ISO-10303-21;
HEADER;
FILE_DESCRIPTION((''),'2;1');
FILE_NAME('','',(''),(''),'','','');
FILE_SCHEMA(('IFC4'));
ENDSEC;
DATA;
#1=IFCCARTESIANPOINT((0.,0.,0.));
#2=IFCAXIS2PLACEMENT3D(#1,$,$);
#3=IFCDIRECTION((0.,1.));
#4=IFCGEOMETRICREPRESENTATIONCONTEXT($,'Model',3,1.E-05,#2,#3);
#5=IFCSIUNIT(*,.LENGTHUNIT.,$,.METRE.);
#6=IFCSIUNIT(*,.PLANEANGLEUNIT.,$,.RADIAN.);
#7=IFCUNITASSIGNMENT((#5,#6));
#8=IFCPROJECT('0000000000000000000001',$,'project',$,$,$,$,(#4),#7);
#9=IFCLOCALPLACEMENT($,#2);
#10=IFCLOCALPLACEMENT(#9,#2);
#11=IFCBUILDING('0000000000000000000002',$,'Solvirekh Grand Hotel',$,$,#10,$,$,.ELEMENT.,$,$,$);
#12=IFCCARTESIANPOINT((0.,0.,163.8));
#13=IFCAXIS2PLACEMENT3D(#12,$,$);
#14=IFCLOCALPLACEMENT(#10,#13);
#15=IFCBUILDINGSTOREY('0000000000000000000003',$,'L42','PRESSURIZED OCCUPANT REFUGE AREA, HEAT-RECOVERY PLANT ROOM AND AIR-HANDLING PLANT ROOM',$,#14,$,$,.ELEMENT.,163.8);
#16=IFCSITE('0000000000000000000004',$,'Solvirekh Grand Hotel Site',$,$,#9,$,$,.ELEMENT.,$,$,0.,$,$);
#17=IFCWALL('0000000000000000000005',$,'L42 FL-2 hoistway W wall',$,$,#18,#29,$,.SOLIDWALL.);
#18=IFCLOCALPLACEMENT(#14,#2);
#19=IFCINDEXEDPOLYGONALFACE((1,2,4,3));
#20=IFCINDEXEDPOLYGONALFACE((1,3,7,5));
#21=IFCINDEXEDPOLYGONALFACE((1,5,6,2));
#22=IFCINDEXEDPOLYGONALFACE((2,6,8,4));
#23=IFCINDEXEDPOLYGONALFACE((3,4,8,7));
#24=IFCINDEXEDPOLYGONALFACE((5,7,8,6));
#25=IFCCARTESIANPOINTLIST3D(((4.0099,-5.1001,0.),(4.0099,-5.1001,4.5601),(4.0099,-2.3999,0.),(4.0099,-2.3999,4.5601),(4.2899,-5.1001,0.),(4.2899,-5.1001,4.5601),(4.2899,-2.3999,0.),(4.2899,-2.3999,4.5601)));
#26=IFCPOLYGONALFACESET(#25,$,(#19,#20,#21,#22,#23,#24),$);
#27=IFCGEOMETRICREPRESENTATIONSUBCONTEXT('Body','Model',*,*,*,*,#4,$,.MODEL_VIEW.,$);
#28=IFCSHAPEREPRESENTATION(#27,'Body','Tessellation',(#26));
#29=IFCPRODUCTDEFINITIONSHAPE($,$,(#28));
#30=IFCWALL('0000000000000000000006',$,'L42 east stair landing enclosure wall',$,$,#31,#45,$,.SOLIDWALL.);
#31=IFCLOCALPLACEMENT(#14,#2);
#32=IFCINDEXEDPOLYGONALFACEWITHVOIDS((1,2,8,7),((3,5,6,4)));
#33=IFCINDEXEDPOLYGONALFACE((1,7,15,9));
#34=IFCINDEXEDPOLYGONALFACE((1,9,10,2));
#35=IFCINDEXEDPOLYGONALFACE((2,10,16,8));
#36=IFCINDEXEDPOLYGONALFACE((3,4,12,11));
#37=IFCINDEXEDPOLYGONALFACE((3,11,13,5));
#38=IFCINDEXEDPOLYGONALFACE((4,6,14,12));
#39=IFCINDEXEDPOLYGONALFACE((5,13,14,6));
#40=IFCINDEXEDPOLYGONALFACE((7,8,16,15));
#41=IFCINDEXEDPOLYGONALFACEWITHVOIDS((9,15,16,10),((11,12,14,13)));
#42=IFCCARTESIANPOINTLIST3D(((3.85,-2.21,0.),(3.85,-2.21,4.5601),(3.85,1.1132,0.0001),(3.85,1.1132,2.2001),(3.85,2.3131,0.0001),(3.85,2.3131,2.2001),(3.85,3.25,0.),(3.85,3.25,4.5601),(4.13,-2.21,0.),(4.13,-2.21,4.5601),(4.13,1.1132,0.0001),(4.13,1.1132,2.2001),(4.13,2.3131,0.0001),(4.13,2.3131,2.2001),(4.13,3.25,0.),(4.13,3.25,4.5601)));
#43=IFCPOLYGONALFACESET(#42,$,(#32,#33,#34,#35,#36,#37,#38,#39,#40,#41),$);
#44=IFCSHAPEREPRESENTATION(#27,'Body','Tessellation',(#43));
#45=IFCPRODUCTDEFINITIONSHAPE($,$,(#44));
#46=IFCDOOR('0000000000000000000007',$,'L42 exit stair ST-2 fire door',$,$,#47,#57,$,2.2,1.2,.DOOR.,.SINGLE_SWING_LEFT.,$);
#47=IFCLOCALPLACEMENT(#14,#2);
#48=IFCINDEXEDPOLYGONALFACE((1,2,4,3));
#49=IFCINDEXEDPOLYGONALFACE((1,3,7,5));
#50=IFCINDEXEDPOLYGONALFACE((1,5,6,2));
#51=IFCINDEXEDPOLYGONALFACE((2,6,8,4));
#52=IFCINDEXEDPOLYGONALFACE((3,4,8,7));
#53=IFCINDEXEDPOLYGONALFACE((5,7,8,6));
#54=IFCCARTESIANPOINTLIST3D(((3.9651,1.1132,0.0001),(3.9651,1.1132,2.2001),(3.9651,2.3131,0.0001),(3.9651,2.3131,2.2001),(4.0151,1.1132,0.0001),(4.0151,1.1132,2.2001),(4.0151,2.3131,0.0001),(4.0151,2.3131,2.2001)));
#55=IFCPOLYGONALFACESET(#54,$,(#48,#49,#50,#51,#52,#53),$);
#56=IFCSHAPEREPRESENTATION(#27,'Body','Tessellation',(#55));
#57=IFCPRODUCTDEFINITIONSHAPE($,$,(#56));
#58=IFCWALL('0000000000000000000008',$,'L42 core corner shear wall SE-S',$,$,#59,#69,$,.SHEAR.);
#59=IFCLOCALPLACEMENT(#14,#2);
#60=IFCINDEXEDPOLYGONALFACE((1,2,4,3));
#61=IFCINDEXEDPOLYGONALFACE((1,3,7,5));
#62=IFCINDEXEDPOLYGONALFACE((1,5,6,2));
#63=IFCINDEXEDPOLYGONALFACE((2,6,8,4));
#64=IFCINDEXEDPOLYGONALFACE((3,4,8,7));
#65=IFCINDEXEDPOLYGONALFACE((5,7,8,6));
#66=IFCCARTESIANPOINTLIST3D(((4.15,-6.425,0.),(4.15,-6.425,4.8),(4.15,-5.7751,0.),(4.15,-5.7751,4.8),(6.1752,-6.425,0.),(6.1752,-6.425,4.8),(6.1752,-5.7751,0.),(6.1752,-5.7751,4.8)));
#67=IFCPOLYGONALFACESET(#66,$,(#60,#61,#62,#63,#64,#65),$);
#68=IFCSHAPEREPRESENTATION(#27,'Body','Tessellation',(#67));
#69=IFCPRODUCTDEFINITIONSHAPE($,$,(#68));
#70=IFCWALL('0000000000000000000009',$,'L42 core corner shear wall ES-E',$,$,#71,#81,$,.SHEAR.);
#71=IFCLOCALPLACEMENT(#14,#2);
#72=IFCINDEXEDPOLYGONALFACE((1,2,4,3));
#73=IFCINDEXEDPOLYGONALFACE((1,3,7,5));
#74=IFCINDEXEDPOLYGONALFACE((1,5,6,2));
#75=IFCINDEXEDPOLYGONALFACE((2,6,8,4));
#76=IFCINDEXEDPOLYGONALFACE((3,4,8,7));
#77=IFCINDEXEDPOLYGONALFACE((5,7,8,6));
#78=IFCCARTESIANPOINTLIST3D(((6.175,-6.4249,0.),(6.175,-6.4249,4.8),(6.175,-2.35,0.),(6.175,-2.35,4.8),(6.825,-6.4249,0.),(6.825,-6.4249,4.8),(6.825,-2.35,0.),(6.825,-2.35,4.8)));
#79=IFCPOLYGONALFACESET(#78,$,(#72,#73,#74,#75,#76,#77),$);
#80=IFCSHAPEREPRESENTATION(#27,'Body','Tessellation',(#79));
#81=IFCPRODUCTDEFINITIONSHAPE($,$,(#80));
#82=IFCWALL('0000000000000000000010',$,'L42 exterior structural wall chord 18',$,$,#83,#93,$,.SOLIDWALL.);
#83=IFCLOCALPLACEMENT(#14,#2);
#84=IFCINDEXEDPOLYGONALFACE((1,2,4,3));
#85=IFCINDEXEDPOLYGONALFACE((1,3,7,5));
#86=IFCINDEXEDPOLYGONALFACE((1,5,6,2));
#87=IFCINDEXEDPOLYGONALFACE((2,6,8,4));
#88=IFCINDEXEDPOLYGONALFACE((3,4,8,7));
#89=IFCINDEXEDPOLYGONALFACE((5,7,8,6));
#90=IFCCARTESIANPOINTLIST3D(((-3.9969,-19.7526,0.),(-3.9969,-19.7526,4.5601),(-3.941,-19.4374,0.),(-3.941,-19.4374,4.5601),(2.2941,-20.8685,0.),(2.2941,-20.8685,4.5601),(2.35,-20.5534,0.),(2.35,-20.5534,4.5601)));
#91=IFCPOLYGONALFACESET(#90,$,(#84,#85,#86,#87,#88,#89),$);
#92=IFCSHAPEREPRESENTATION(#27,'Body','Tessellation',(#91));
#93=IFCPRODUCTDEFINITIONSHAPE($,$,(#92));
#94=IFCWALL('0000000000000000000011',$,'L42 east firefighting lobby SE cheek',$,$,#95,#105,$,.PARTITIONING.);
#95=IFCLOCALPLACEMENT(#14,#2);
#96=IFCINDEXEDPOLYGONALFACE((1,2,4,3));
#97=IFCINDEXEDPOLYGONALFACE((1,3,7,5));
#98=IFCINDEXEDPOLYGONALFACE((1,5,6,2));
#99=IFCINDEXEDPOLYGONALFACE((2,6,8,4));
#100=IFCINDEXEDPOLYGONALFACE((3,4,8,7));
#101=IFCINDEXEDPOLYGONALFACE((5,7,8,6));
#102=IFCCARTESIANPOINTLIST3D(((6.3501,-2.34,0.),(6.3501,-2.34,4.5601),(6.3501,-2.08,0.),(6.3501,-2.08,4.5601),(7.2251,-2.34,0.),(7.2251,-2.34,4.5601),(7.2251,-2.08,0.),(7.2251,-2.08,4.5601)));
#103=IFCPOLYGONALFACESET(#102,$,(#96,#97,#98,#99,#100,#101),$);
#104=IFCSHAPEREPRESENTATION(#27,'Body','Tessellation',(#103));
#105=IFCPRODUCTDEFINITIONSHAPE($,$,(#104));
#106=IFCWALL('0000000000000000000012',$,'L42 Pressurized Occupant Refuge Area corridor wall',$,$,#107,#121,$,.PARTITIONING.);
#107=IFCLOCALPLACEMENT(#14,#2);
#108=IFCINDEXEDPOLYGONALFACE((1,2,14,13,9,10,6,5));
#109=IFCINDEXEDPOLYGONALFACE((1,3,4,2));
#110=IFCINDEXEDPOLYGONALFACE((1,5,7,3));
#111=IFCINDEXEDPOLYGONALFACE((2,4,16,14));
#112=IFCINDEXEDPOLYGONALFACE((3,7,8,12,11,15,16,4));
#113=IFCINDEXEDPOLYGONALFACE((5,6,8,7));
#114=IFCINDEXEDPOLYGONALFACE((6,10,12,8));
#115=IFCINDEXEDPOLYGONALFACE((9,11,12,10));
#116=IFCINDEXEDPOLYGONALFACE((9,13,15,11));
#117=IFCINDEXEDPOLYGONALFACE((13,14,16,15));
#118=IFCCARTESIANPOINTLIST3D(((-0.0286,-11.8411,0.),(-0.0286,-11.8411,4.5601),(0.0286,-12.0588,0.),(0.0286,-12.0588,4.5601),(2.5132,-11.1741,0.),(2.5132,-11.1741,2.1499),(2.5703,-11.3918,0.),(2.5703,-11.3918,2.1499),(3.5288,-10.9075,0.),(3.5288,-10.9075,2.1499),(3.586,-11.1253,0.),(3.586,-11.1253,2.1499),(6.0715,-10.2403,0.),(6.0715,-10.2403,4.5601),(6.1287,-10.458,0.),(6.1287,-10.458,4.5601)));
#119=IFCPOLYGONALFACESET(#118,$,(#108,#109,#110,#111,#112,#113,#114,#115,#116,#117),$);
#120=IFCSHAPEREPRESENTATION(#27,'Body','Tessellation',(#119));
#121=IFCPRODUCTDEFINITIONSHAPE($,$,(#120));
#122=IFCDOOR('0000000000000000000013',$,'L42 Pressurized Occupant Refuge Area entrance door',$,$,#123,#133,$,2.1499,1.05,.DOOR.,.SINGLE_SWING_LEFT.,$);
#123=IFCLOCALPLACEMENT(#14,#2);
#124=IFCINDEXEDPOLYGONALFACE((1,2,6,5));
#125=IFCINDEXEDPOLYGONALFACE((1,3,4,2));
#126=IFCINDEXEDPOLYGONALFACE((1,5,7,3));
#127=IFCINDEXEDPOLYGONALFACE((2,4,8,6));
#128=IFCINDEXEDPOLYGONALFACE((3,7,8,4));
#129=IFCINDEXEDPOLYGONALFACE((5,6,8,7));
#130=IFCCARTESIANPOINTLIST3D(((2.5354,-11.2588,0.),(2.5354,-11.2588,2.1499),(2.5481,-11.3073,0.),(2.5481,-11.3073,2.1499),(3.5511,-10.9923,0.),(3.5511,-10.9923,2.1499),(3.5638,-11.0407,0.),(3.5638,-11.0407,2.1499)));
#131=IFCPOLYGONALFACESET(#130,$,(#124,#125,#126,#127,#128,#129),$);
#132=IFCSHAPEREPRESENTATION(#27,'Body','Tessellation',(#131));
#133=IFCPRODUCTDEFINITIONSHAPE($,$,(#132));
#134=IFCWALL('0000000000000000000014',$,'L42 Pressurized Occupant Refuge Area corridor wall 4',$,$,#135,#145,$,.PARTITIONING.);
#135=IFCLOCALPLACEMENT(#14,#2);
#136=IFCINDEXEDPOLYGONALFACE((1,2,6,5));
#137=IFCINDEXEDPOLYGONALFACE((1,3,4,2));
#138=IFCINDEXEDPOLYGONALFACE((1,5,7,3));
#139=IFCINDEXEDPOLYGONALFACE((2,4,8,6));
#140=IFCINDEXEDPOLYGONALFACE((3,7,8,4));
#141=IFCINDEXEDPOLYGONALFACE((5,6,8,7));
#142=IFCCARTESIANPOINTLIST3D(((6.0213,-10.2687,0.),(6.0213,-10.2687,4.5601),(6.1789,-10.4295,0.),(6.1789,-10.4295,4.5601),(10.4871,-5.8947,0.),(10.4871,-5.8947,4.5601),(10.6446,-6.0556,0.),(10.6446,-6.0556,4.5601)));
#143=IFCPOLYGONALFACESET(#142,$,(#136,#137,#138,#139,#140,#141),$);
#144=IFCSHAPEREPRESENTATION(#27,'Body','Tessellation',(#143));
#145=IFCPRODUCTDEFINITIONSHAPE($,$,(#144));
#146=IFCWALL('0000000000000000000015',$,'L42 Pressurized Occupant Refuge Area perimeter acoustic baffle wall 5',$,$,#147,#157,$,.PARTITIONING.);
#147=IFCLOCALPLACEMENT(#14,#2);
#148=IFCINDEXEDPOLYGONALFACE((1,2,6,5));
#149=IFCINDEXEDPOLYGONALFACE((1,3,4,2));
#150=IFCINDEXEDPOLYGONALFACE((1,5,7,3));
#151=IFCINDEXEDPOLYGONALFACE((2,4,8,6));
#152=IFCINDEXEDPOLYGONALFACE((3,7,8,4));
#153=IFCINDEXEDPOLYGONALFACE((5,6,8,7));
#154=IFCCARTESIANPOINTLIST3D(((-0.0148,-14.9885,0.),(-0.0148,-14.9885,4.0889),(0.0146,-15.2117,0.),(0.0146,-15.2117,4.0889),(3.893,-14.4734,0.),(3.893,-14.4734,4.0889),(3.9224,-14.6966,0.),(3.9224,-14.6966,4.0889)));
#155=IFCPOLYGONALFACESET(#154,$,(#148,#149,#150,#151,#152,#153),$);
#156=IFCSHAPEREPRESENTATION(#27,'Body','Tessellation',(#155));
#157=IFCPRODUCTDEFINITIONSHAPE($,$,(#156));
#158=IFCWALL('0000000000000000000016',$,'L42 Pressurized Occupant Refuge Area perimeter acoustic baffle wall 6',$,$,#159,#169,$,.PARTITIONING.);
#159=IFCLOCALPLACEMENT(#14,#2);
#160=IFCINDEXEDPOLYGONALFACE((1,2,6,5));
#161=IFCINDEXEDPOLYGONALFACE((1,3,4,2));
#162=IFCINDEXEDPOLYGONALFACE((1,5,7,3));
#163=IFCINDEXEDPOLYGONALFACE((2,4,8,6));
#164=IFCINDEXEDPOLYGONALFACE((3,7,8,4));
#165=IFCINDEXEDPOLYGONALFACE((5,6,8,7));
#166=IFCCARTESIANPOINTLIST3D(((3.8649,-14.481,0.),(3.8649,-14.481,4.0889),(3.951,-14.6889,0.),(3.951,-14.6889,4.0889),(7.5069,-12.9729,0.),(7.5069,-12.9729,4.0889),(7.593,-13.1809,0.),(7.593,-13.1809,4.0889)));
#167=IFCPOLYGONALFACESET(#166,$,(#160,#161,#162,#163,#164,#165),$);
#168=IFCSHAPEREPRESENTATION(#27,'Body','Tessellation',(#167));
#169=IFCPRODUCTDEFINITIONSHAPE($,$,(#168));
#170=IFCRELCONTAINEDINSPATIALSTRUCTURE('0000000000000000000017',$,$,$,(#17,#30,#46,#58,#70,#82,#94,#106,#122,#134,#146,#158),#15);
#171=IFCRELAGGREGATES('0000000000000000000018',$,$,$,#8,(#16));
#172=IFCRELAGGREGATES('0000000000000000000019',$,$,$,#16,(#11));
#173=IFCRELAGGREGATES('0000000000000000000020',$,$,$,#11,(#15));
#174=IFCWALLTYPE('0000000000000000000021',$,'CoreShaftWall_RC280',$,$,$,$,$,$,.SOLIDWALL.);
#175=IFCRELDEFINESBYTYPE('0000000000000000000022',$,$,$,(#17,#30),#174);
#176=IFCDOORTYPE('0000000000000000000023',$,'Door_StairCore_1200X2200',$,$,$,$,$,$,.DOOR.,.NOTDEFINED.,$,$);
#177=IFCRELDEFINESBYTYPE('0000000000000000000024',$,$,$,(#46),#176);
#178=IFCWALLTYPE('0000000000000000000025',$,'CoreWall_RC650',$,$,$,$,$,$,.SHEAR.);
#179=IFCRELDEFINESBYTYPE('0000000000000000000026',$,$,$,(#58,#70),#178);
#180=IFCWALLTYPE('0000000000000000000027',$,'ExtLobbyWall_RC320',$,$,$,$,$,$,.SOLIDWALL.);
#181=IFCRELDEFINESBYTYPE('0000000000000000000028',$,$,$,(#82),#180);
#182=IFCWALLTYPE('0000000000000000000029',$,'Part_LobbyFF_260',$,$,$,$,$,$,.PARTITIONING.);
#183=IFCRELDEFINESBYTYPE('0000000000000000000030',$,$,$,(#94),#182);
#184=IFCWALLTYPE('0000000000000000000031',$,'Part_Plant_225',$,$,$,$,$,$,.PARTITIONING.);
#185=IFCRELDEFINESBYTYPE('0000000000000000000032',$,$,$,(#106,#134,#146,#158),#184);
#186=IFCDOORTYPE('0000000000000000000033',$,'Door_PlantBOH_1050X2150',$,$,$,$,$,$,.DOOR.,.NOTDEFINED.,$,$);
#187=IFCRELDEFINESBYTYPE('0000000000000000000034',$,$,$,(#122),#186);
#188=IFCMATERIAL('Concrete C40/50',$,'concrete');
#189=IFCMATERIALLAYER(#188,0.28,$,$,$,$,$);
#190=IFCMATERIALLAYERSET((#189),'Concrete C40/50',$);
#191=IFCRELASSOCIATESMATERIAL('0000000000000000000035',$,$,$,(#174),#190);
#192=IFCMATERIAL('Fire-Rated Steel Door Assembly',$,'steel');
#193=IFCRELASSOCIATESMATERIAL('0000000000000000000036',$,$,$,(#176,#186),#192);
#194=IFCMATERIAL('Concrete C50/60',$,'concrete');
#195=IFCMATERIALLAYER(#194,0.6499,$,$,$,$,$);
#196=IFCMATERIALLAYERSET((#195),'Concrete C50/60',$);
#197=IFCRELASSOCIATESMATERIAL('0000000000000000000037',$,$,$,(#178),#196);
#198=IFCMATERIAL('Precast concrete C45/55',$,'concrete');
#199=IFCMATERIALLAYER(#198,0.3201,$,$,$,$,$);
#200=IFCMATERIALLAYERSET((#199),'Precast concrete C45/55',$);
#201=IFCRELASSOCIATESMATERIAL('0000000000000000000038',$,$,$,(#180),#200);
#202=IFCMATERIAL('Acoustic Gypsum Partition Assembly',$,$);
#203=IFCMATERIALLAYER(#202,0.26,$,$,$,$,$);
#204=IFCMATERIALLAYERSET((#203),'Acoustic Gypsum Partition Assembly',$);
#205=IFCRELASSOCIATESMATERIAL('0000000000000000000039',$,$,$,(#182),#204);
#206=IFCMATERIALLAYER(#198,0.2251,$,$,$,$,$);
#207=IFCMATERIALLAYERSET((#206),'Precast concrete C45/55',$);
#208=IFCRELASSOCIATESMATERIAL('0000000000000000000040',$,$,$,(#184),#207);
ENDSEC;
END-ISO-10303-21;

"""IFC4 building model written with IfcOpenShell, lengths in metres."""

from ifc_helpers import new_model, si_unit, direction, frame, frame_2d, origin, place, context, subcontext, project, spatial, rectangle, extrude, material, layer, layer_set, type_object, element, fill, save


model = new_model("IFC4")

# Units and contexts
model_context = context("Model", 3, precision=1e-05, world=origin(), true_north=direction((0.0, 1.0)))
body_context = subcontext(model_context, "Body", "Model", "MODEL_VIEW")
ifc_project = project(units=[si_unit("LENGTHUNIT", "METRE"), si_unit("PLANEANGLEUNIT", "RADIAN")], contexts=[model_context])

# Site, building, storey
site_placement = place(None, origin())
site = spatial("IfcSite", under=ifc_project, at=site_placement, Name="Solvirekh Grand Hotel Site", CompositionType="ELEMENT", RefElevation=0.0)
building_placement = place(site_placement, origin())
building = spatial("IfcBuilding", under=site, at=building_placement, Name="Solvirekh Grand Hotel", CompositionType="ELEMENT")
storey_placement = place(building_placement, frame((0.0, 0.0, 163.8)))
storey = spatial("IfcBuildingStorey", under=building, at=storey_placement, Name="L42", Description="PRESSURIZED OCCUPANT REFUGE AREA, HEAT-RECOVERY PLANT ROOM AND AIR-HANDLING PLANT ROOM", CompositionType="ELEMENT", Elevation=163.8)

# Shared definitions
ifc_material_1 = material(Name="Concrete C50/60", Category="concrete")

# Shared definitions
ifc_material_2 = material(Name="Concrete C40/50", Category="concrete")

# Shared definitions
ifc_layer_1 = layer(ifc_material_2, 0.28)
ifc_layer_set_1 = layer_set([ifc_layer_1], Name="Concrete C40/50")
wall_type_1 = type_object("IfcWallType", Name="CoreShaftWall_RC280", PredefinedType="SOLIDWALL", material=ifc_layer_set_1)

# Shared definitions
ifc_material_3 = material(Name="Fire-Rated Steel Door Assembly", Category="steel")

# Wall
wall_1_placement = place(storey_placement, frame((4.1499, -2.3999, 0.0), z_axis=(0.0, 0.0, 1.0), x_axis=(0.0, -1.0, 0.0)))
element("IfcWall", 1, at=wall_1_placement, inside=storey, type_object=wall_type_1, Name="L42 FL-2 hoistway W wall", PredefinedType="SOLIDWALL", context=body_context, shape_type="SweptSolid", body=[
    extrude(rectangle(XDim=2.7002, YDim=0.28, at=frame_2d((1.3501, 0.0))), origin(), (0.0, 0.0, 1.0), 4.5601),
])

# Wall, opening, door
wall_2_placement = place(storey_placement, frame((3.99, -2.21, 0.0), z_axis=(0.0, 0.0, 1.0), x_axis=(0.0, 1.0, 0.0)))
wall_2 = element("IfcWall", 2, at=wall_2_placement, inside=storey, type_object=wall_type_1, Name="L42 east stair landing enclosure wall", PredefinedType="SOLIDWALL", context=body_context, shape_type="SweptSolid", body=[
    extrude(rectangle(XDim=5.46, YDim=0.28, at=frame_2d((2.73, 0.0))), origin(), (0.0, 0.0, 1.0), 4.5601),
])
opening_1_placement = place(wall_2_placement, frame((3.323, 0.0, 0.0)))
opening_1 = element("IfcOpeningElement", 3, at=opening_1_placement, cuts=wall_2, PredefinedType="OPENING", context=body_context, shape_type="SweptSolid", body=[
    extrude(rectangle(XDim=1.2, YDim=2.2, at=frame_2d((0.6001, 1.1001))), frame((0.0, 0.1499, 0.0), z_axis=(0.0, -1.0, 0.0), x_axis=(1.0, 0.0, 0.0)), (0.0, 0.0, 1.0), 0.3),
])
door_type_1 = type_object("IfcDoorType", Name="Door_StairCore_1200X2200", OperationType="NOTDEFINED", PredefinedType="DOOR", material=ifc_material_3)
door_1_placement = place(opening_1_placement, origin())
door_1 = element("IfcDoor", 4, at=door_1_placement, inside=storey, type_object=door_type_1, Name="L42 exit stair ST-2 fire door", OperationType="SINGLE_SWING_LEFT", OverallHeight=2.2, OverallWidth=1.2, PredefinedType="DOOR", context=body_context, shape_type="SweptSolid", body=[
    extrude(rectangle(XDim=1.2, YDim=2.2, at=frame_2d((0.6001, 1.1001))), frame((0.0, 0.0249, 0.0), z_axis=(0.0, -1.0, 0.0), x_axis=(1.0, 0.0, 0.0)), (0.0, 0.0, 1.0), 0.05),
])
fill(opening_1, door_1)

# Walls
ifc_layer_2 = layer(ifc_material_1, 0.6499)
ifc_layer_set_2 = layer_set([ifc_layer_2], Name="Concrete C50/60")
wall_type_2 = type_object("IfcWallType", Name="CoreWall_RC650", PredefinedType="SHEAR", material=ifc_layer_set_2)
wall_3_placement = place(storey_placement, frame((4.1499, -6.1001, 0.0), z_axis=(0.0, 0.0, 1.0), x_axis=(1.0, 0.0, 0.0)))
element("IfcWall", 5, at=wall_3_placement, inside=storey, type_object=wall_type_2, Name="L42 core corner shear wall SE-S", PredefinedType="SHEAR", context=body_context, shape_type="SweptSolid", body=[
    extrude(rectangle(XDim=2.0251, YDim=0.6499, at=frame_2d((1.0127, 0.0))), origin(), (0.0, 0.0, 1.0), 4.8),
])
wall_4_placement = place(storey_placement, frame((6.5, -6.425, 0.0), z_axis=(0.0, 0.0, 1.0), x_axis=(0.0, 1.0, 0.0)))
element("IfcWall", 6, at=wall_4_placement, inside=storey, type_object=wall_type_2, Name="L42 core corner shear wall ES-E", PredefinedType="SHEAR", context=body_context, shape_type="SweptSolid", body=[
    extrude(rectangle(XDim=4.075, YDim=0.6499, at=frame_2d((2.0376, 0.0))), origin(), (0.0, 0.0, 1.0), 4.8),
])
ifc_material_4 = material(Name="Precast concrete C45/55", Category="concrete")
ifc_layer_3 = layer(ifc_material_4, 0.3201)
ifc_layer_set_3 = layer_set([ifc_layer_3], Name="Precast concrete C45/55")
wall_type_3 = type_object("IfcWallType", Name="ExtLobbyWall_RC320", PredefinedType="SOLIDWALL", material=ifc_layer_set_3)
wall_5_placement = place(storey_placement, frame((2.322, -20.7109, 0.0), z_axis=(0.0, 0.0, 1.0), x_axis=(-0.984628, 0.174664, 0.0)))
element("IfcWall", 7, at=wall_5_placement, inside=storey, type_object=wall_type_3, Name="L42 exterior structural wall chord 18", PredefinedType="SOLIDWALL", context=body_context, shape_type="SweptSolid", body=[
    extrude(rectangle(XDim=6.3892, YDim=0.3201, at=frame_2d((3.1946, 0.0))), origin(), (0.0, 0.0, 1.0), 4.5601),
])
ifc_material_5 = material(Name="Acoustic Gypsum Partition Assembly")
ifc_layer_4 = layer(ifc_material_5, 0.26)
ifc_layer_set_4 = layer_set([ifc_layer_4], Name="Acoustic Gypsum Partition Assembly")
wall_type_4 = type_object("IfcWallType", Name="Part_LobbyFF_260", PredefinedType="PARTITIONING", material=ifc_layer_set_4)
wall_6_placement = place(storey_placement, frame((6.3501, -2.21, 0.0), z_axis=(0.0, 0.0, 1.0), x_axis=(1.0, 0.0, 0.0)))
element("IfcWall", 8, at=wall_6_placement, inside=storey, type_object=wall_type_4, Name="L42 east firefighting lobby SE cheek", PredefinedType="PARTITIONING", context=body_context, shape_type="SweptSolid", body=[
    extrude(rectangle(XDim=0.875, YDim=0.26, at=frame_2d((0.4375, 0.0))), origin(), (0.0, 0.0, 1.0), 4.5601),
])

# Wall, opening, door
ifc_layer_5 = layer(ifc_material_4, 0.2251)
ifc_layer_set_5 = layer_set([ifc_layer_5], Name="Precast concrete C45/55")
wall_type_5 = type_object("IfcWallType", Name="Part_Plant_225", PredefinedType="PARTITIONING", material=ifc_layer_set_5)
wall_7_placement = place(storey_placement, frame((0.0, -11.95, 0.0), z_axis=(0.0, 0.0, 1.0), x_axis=(0.967248, 0.253832, 0.0)))
wall_7 = element("IfcWall", 9, at=wall_7_placement, inside=storey, type_object=wall_type_5, Name="L42 Pressurized Occupant Refuge Area corridor wall", PredefinedType="PARTITIONING", context=body_context, shape_type="SweptSolid", body=[
    extrude(rectangle(XDim=6.3066, YDim=0.2251, at=frame_2d((3.1533, 0.0))), origin(), (0.0, 0.0, 1.0), 4.5601),
])
opening_2_placement = place(wall_7_placement, frame((2.6279, 0.0, 0.0)))
opening_2 = element("IfcOpeningElement", 10, at=opening_2_placement, cuts=wall_7, PredefinedType="OPENING", context=body_context, shape_type="SweptSolid", body=[
    extrude(rectangle(XDim=1.05, YDim=2.1499, at=frame_2d((0.5249, 1.075))), frame((0.0, 0.1226, 0.0), z_axis=(0.0, -1.0, 0.0), x_axis=(1.0, 0.0, 0.0)), (0.0, 0.0, 1.0), 0.2451),
])
door_type_2 = type_object("IfcDoorType", Name="Door_PlantBOH_1050X2150", OperationType="NOTDEFINED", PredefinedType="DOOR", material=ifc_material_3)
door_2_placement = place(opening_2_placement, origin())
door_2 = element("IfcDoor", 11, at=door_2_placement, inside=storey, type_object=door_type_2, Name="L42 Pressurized Occupant Refuge Area entrance door", OperationType="SINGLE_SWING_LEFT", OverallHeight=2.1499, OverallWidth=1.05, PredefinedType="DOOR", context=body_context, shape_type="SweptSolid", body=[
    extrude(rectangle(XDim=1.05, YDim=2.1499, at=frame_2d((0.5249, 1.075))), frame((0.0, 0.0249, 0.0), z_axis=(0.0, -1.0, 0.0), x_axis=(1.0, 0.0, 0.0)), (0.0, 0.0, 1.0), 0.05),
])
fill(opening_2, door_2)

# Walls
wall_8_placement = place(storey_placement, frame((6.1001, -10.3491, 0.0), z_axis=(0.0, 0.0, 1.0), x_axis=(0.714411, 0.699726, 0.0)))
element("IfcWall", 12, at=wall_8_placement, inside=storey, type_object=wall_type_5, Name="L42 Pressurized Occupant Refuge Area corridor wall 4", PredefinedType="PARTITIONING", context=body_context, shape_type="SweptSolid", body=[
    extrude(rectangle(XDim=6.251, YDim=0.2251, at=frame_2d((3.1255, 0.0))), origin(), (0.0, 0.0, 1.0), 4.5601),
])
wall_9_placement = place(storey_placement, frame((0.0, -15.1001, 0.0), z_axis=(0.0, 0.0, 1.0), x_axis=(0.991424, 0.130687, 0.0)))
element("IfcWall", 13, at=wall_9_placement, inside=storey, type_object=wall_type_5, Name="L42 Pressurized Occupant Refuge Area perimeter acoustic baffle wall 5", PredefinedType="PARTITIONING", context=body_context, shape_type="SweptSolid", body=[
    extrude(rectangle(XDim=3.9417, YDim=0.2251, at=frame_2d((1.9707, 0.0))), origin(), (0.0, 0.0, 1.0), 4.0889),
])
wall_10_placement = place(storey_placement, frame((3.908, -14.585, 0.0), z_axis=(0.0, 0.0, 1.0), x_axis=(0.923929, 0.382565, 0.0)))
element("IfcWall", 14, at=wall_10_placement, inside=storey, type_object=wall_type_5, Name="L42 Pressurized Occupant Refuge Area perimeter acoustic baffle wall 6", PredefinedType="PARTITIONING", context=body_context, shape_type="SweptSolid", body=[
    extrude(rectangle(XDim=3.9419, YDim=0.2251, at=frame_2d((1.9709, 0.0))), origin(), (0.0, 0.0, 1.0), 4.0889),
])

save(model, "model.ifc")
